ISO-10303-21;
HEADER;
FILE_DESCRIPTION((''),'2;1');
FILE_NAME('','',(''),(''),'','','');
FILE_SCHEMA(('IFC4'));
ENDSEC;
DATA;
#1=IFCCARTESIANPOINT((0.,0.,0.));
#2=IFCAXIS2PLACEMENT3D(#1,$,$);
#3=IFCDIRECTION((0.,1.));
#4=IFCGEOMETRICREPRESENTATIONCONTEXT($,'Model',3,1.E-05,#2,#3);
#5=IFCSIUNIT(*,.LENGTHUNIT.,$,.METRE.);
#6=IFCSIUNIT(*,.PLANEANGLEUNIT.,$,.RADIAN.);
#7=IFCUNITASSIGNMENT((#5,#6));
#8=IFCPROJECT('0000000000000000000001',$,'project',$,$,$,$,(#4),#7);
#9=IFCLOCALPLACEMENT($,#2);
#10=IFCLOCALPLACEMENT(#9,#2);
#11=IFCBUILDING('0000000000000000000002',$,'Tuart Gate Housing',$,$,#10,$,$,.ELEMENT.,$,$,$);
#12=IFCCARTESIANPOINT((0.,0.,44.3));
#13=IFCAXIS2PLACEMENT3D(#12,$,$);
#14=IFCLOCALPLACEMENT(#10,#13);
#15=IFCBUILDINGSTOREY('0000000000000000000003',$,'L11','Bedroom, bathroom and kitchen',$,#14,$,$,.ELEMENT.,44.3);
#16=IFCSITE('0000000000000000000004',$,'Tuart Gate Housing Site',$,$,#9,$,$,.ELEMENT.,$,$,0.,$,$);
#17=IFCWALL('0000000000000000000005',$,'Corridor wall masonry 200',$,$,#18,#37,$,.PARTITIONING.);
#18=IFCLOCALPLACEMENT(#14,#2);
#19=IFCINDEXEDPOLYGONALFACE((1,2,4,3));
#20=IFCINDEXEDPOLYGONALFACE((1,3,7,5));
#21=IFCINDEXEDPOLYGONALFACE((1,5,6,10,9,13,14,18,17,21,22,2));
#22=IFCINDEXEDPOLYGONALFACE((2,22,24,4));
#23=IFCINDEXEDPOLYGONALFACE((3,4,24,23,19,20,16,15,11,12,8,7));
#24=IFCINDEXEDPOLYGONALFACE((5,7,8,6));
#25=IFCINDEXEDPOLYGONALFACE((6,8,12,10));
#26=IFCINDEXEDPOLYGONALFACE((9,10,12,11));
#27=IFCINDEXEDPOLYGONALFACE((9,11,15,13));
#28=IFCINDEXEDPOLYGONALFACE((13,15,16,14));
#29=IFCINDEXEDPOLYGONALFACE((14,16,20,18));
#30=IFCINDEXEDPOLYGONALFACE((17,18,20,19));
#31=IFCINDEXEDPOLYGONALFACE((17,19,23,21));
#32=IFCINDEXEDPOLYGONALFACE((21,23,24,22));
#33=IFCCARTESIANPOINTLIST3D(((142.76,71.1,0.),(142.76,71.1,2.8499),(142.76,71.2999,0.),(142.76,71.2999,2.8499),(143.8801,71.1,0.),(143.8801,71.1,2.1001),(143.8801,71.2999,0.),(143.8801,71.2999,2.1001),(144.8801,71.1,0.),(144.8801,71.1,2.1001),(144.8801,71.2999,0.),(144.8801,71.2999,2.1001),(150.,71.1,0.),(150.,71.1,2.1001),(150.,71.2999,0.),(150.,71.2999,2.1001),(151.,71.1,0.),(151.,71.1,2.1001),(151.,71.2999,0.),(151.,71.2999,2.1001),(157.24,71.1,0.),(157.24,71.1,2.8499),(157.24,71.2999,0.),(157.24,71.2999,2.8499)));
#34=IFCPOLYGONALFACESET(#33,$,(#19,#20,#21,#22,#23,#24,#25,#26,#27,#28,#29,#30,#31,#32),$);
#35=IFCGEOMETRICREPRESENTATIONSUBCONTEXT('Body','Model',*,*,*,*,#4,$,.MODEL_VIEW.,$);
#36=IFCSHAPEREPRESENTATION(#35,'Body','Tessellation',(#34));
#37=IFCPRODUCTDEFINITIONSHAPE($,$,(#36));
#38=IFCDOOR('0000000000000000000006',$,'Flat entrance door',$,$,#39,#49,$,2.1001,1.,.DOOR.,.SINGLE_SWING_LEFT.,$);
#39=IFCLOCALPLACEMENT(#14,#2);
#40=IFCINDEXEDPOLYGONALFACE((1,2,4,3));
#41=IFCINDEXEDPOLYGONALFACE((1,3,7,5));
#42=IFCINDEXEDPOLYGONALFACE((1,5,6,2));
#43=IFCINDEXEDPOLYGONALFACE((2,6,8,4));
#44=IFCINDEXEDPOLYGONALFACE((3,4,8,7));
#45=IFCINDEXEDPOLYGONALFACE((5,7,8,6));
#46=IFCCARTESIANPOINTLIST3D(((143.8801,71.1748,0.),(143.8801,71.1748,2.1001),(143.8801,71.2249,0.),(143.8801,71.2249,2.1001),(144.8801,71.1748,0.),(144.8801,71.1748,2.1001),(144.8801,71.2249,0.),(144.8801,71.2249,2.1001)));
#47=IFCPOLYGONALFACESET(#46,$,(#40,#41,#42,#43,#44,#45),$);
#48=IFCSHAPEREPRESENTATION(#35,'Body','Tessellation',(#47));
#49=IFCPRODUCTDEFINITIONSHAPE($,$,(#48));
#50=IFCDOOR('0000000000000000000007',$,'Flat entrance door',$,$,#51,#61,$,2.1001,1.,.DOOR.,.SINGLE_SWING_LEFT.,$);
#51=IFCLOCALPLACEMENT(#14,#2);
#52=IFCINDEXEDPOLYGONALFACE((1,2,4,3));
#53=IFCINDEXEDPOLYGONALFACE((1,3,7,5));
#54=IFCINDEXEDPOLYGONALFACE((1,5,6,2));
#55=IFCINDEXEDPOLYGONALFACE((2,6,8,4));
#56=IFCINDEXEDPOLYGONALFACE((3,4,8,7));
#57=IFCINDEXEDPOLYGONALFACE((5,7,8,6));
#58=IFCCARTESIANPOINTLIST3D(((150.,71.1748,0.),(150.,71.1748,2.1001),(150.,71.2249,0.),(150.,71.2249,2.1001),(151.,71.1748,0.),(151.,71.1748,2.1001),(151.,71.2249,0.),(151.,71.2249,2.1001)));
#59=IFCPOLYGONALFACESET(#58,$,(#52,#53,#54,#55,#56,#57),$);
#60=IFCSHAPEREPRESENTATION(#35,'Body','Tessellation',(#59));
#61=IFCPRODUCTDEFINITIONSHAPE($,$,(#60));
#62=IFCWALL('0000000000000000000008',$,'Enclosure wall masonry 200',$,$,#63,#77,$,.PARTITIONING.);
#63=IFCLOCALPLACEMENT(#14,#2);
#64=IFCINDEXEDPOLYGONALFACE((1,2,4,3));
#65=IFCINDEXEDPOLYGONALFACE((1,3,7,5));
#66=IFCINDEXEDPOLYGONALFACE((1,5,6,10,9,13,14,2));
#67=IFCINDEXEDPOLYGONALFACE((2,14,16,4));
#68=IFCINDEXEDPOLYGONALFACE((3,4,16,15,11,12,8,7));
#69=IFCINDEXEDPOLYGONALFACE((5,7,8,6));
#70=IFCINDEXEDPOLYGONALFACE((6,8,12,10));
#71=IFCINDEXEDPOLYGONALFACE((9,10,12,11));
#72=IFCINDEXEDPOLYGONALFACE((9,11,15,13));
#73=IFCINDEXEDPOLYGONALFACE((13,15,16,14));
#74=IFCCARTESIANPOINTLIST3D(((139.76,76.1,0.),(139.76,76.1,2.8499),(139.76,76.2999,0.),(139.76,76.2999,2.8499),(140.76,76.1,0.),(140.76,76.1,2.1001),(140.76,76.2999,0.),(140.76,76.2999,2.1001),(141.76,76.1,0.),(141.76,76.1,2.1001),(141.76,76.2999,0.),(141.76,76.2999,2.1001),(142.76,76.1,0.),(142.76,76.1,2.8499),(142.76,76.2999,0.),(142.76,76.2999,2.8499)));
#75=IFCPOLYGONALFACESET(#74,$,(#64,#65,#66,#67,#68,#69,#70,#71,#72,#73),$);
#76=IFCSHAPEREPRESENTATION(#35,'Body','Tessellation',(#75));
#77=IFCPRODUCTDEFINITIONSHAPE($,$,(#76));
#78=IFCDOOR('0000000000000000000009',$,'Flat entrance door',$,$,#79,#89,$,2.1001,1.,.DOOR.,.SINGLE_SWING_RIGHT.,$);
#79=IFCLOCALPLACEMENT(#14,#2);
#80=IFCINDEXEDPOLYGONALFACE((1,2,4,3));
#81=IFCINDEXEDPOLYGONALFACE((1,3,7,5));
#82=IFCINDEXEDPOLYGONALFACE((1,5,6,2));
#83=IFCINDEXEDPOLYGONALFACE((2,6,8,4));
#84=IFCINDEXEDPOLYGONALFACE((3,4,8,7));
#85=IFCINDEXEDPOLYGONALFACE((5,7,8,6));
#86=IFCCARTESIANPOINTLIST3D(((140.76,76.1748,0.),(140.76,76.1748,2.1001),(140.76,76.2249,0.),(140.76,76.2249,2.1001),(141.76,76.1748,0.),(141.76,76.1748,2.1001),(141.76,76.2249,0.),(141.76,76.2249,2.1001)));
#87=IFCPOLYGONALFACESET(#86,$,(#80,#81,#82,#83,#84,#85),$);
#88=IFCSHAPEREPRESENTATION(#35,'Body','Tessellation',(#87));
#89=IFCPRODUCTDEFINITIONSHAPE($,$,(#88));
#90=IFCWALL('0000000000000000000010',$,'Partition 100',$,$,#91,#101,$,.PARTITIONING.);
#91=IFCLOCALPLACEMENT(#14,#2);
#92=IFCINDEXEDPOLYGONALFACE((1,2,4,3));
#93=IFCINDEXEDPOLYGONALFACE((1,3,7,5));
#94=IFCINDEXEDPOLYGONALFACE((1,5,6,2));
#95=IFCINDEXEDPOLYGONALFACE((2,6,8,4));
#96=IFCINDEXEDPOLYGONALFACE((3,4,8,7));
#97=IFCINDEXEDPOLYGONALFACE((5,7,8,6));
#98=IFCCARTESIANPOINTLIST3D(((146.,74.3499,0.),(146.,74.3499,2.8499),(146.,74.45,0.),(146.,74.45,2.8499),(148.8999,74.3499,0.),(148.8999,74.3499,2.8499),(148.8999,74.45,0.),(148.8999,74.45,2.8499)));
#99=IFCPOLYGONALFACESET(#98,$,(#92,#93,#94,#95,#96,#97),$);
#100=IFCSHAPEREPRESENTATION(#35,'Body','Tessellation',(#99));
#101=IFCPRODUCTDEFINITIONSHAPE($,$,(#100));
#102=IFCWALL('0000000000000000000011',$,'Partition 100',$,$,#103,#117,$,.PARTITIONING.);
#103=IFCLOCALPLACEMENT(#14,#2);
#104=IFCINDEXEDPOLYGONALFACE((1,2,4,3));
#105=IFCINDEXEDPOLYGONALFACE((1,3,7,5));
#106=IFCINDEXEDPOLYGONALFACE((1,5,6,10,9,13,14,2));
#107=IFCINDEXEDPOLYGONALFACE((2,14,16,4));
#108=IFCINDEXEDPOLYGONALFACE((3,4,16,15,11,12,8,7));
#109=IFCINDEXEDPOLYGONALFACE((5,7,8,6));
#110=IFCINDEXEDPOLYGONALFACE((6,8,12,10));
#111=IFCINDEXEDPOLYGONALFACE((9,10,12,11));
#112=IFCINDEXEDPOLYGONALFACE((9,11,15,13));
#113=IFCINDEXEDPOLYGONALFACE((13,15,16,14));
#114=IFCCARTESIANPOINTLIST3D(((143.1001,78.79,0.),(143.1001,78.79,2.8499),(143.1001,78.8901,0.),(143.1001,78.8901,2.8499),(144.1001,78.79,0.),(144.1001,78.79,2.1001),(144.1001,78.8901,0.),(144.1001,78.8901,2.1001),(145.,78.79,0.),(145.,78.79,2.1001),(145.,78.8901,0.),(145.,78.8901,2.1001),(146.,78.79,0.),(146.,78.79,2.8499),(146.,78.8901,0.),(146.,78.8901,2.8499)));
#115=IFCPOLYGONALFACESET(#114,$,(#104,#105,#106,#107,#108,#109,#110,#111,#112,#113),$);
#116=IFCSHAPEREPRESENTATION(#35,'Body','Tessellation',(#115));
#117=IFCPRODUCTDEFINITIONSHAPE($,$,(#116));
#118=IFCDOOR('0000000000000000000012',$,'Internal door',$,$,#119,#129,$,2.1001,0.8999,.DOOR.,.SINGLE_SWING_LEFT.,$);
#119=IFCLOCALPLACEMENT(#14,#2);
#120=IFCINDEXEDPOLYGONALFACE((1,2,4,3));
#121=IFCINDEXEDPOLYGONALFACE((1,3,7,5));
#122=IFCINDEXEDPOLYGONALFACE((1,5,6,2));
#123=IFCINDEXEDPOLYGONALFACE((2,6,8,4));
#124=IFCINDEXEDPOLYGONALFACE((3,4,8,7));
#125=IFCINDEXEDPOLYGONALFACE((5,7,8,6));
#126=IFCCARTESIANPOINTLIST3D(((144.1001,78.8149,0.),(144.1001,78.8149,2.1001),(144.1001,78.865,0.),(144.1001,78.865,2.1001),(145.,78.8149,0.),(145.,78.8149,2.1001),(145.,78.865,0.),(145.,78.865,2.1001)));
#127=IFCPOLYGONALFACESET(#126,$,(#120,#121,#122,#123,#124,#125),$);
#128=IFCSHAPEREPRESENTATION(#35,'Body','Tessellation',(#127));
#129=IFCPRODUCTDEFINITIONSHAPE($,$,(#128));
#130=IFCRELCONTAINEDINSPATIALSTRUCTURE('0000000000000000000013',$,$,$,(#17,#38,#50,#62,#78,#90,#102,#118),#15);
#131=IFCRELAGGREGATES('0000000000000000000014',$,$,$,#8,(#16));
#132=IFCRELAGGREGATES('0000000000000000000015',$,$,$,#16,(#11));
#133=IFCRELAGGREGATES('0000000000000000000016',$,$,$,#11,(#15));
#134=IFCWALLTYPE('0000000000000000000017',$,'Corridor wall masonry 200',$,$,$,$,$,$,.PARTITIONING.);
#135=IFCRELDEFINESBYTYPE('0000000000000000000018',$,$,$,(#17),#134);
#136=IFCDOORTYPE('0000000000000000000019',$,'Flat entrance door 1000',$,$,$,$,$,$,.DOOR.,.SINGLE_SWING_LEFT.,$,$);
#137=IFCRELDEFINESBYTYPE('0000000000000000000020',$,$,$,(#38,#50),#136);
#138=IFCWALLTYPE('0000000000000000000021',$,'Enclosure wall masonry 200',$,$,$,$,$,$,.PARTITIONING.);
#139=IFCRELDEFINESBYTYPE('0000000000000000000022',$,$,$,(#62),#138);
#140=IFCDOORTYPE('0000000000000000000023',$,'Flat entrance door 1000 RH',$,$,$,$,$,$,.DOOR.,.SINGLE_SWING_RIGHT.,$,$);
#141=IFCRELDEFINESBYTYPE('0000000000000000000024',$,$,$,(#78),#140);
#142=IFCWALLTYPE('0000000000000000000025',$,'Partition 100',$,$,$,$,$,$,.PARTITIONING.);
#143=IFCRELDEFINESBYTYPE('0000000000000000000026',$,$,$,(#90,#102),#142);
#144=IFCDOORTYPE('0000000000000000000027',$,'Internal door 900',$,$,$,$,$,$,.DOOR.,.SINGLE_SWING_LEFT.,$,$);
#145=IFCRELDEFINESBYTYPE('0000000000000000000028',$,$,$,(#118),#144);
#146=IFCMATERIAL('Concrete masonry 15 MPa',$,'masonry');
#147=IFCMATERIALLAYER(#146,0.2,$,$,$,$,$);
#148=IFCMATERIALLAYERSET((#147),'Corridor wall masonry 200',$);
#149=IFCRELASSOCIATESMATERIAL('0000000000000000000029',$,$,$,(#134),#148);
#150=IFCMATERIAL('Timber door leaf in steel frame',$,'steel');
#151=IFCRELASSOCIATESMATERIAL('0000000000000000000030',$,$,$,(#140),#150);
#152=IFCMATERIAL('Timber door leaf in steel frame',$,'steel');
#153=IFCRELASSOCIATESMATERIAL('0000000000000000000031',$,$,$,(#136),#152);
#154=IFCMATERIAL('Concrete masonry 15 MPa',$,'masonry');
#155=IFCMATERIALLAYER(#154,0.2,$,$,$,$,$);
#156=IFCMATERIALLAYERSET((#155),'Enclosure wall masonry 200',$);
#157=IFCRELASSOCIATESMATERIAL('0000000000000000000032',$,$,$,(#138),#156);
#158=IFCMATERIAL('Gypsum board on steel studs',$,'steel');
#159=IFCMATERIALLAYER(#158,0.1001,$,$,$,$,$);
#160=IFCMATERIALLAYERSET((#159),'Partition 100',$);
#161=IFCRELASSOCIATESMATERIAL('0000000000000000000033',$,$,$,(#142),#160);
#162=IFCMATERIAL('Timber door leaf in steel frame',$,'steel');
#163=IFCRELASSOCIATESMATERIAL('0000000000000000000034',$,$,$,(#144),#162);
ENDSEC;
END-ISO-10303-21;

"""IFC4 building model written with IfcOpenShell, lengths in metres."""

from ifc_helpers import new_model, si_unit, direction, frame, frame_2d, origin, place, context, subcontext, project, spatial, rectangle, extrude, material, layer, layer_set, type_object, element, fill, save


model = new_model("IFC4")

# Units and contexts
model_context = context("Model", 3, precision=1e-05, world=origin(), true_north=direction((0.0, 1.0)))
body_context = subcontext(model_context, "Body", "Model", "MODEL_VIEW")
ifc_project = project(units=[si_unit("LENGTHUNIT", "METRE"), si_unit("PLANEANGLEUNIT", "RADIAN")], contexts=[model_context])

# Site, building, storey
site_placement = place(None, origin())
site = spatial("IfcSite", under=ifc_project, at=site_placement, Name="Tuart Gate Housing Site", CompositionType="ELEMENT", RefElevation=0.0)
building_placement = place(site_placement, origin())
building = spatial("IfcBuilding", under=site, at=building_placement, Name="Tuart Gate Housing", CompositionType="ELEMENT")
storey_placement = place(building_placement, frame((0.0, 0.0, 44.3)))
storey = spatial("IfcBuildingStorey", under=building, at=storey_placement, Name="L11", Description="Bedroom, bathroom and kitchen", CompositionType="ELEMENT", Elevation=44.3)

# Wall, openings, doors
ifc_material_1 = material(Name="Concrete masonry 15 MPa", Category="masonry")
ifc_layer_1 = layer(ifc_material_1, 0.2)
ifc_layer_set_1 = layer_set([ifc_layer_1], Name="Corridor wall masonry 200")
wall_type_1 = type_object("IfcWallType", Name="Corridor wall masonry 200", PredefinedType="PARTITIONING", material=ifc_layer_set_1)
ifc_material_2 = material(Name="Timber door leaf in steel frame", Category="steel")
door_type_1 = type_object("IfcDoorType", Name="Flat entrance door 1000 RH", OperationType="SINGLE_SWING_RIGHT", PredefinedType="DOOR", material=ifc_material_2)
wall_1_placement = place(storey_placement, frame((142.76, 71.2, 0.0), z_axis=(0.0, 0.0, 1.0), x_axis=(1.0, 0.0, 0.0)))
wall_1 = element("IfcWall", 1, at=wall_1_placement, inside=storey, type_object=wall_type_1, Name="Corridor wall masonry 200", PredefinedType="PARTITIONING", context=body_context, shape_type="SweptSolid", body=[
    extrude(rectangle(XDim=14.48, YDim=0.2, at=frame_2d((7.24, 0.0))), origin(), (0.0, 0.0, 1.0), 2.8499),
])
opening_1_placement = place(wall_1_placement, frame((1.1201, 0.0, 0.0)))
opening_1 = element("IfcOpeningElement", 2, at=opening_1_placement, cuts=wall_1, PredefinedType="OPENING", context=body_context, shape_type="SweptSolid", body=[
    extrude(rectangle(XDim=1.0, YDim=2.1001, at=frame_2d((0.5, 1.05))), frame((0.0, 0.1099, 0.0), z_axis=(0.0, -1.0, 0.0), x_axis=(1.0, 0.0, 0.0)), (0.0, 0.0, 1.0), 0.22),
])
opening_2_placement = place(wall_1_placement, frame((7.24, 0.0, 0.0)))
opening_2 = element("IfcOpeningElement", 3, at=opening_2_placement, cuts=wall_1, PredefinedType="OPENING", context=body_context, shape_type="SweptSolid", body=[
    extrude(rectangle(XDim=1.0, YDim=2.1001, at=frame_2d((0.5, 1.05))), frame((0.0, 0.1099, 0.0), z_axis=(0.0, -1.0, 0.0), x_axis=(1.0, 0.0, 0.0)), (0.0, 0.0, 1.0), 0.22),
])
ifc_material_3 = material(Name="Timber door leaf in steel frame", Category="steel")
door_type_2 = type_object("IfcDoorType", Name="Flat entrance door 1000", OperationType="SINGLE_SWING_LEFT", PredefinedType="DOOR", material=ifc_material_3)
door_1_placement = place(opening_1_placement, origin())
door_1 = element("IfcDoor", 4, at=door_1_placement, inside=storey, type_object=door_type_2, Name="Flat entrance door", OperationType="SINGLE_SWING_LEFT", OverallHeight=2.1001, OverallWidth=1.0, PredefinedType="DOOR", context=body_context, shape_type="SweptSolid", body=[
    extrude(rectangle(XDim=1.0, YDim=2.1001, at=frame_2d((0.5, 1.05))), frame((0.0, 0.0249, 0.0), z_axis=(0.0, -1.0, 0.0), x_axis=(1.0, 0.0, 0.0)), (0.0, 0.0, 1.0), 0.05),
])
fill(opening_1, door_1)
door_2_placement = place(opening_2_placement, origin())
door_2 = element("IfcDoor", 5, at=door_2_placement, inside=storey, type_object=door_type_2, Name="Flat entrance door", OperationType="SINGLE_SWING_LEFT", OverallHeight=2.1001, OverallWidth=1.0, PredefinedType="DOOR", context=body_context, shape_type="SweptSolid", body=[
    extrude(rectangle(XDim=1.0, YDim=2.1001, at=frame_2d((0.5, 1.05))), frame((0.0, 0.0249, 0.0), z_axis=(0.0, -1.0, 0.0), x_axis=(1.0, 0.0, 0.0)), (0.0, 0.0, 1.0), 0.05),
])
fill(opening_2, door_2)

# Wall, opening, door
ifc_material_4 = material(Name="Concrete masonry 15 MPa", Category="masonry")
ifc_layer_2 = layer(ifc_material_4, 0.2)
ifc_layer_set_2 = layer_set([ifc_layer_2], Name="Enclosure wall masonry 200")
wall_type_2 = type_object("IfcWallType", Name="Enclosure wall masonry 200", PredefinedType="PARTITIONING", material=ifc_layer_set_2)
wall_2_placement = place(storey_placement, frame((139.76, 76.2, 0.0), z_axis=(0.0, 0.0, 1.0), x_axis=(1.0, 0.0, 0.0)))
wall_2 = element("IfcWall", 6, at=wall_2_placement, inside=storey, type_object=wall_type_2, Name="Enclosure wall masonry 200", PredefinedType="PARTITIONING", context=body_context, shape_type="SweptSolid", body=[
    extrude(rectangle(XDim=3.0, YDim=0.2, at=frame_2d((1.5, 0.0))), origin(), (0.0, 0.0, 1.0), 2.8499),
])
opening_3_placement = place(wall_2_placement, frame((1.0, 0.0, 0.0)))
opening_3 = element("IfcOpeningElement", 7, at=opening_3_placement, cuts=wall_2, PredefinedType="OPENING", context=body_context, shape_type="SweptSolid", body=[
    extrude(rectangle(XDim=1.0, YDim=2.1001, at=frame_2d((0.5, 1.05))), frame((0.0, 0.1099, 0.0), z_axis=(0.0, -1.0, 0.0), x_axis=(1.0, 0.0, 0.0)), (0.0, 0.0, 1.0), 0.22),
])
door_3_placement = place(opening_3_placement, origin())
door_3 = element("IfcDoor", 8, at=door_3_placement, inside=storey, type_object=door_type_1, Name="Flat entrance door", OperationType="SINGLE_SWING_RIGHT", OverallHeight=2.1001, OverallWidth=1.0, PredefinedType="DOOR", context=body_context, shape_type="SweptSolid", body=[
    extrude(rectangle(XDim=1.0, YDim=2.1001, at=frame_2d((0.5, 1.05))), frame((0.0, 0.0249, 0.0), z_axis=(0.0, -1.0, 0.0), x_axis=(1.0, 0.0, 0.0)), (0.0, 0.0, 1.0), 0.05),
])
fill(opening_3, door_3)

# Wall
ifc_material_5 = material(Name="Gypsum board on steel studs", Category="steel")
ifc_layer_3 = layer(ifc_material_5, 0.1001)
ifc_layer_set_3 = layer_set([ifc_layer_3], Name="Partition 100")
wall_type_3 = type_object("IfcWallType", Name="Partition 100", PredefinedType="PARTITIONING", material=ifc_layer_set_3)
wall_3_placement = place(storey_placement, frame((146.0, 74.3999, 0.0), z_axis=(0.0, 0.0, 1.0), x_axis=(1.0, 0.0, 0.0)))
element("IfcWall", 9, at=wall_3_placement, inside=storey, type_object=wall_type_3, Name="Partition 100", PredefinedType="PARTITIONING", context=body_context, shape_type="SweptSolid", body=[
    extrude(rectangle(XDim=2.8999, YDim=0.1001, at=frame_2d((1.45, 0.0))), origin(), (0.0, 0.0, 1.0), 2.8499),
])

# Wall, opening, door
wall_4_placement = place(storey_placement, frame((143.1001, 78.8401, 0.0), z_axis=(0.0, 0.0, 1.0), x_axis=(1.0, 0.0, 0.0)))
wall_4 = element("IfcWall", 10, at=wall_4_placement, inside=storey, type_object=wall_type_3, Name="Partition 100", PredefinedType="PARTITIONING", context=body_context, shape_type="SweptSolid", body=[
    extrude(rectangle(XDim=2.8999, YDim=0.1001, at=frame_2d((1.45, 0.0))), origin(), (0.0, 0.0, 1.0), 2.8499),
])
opening_4_placement = place(wall_4_placement, frame((1.0, 0.0, 0.0)))
opening_4 = element("IfcOpeningElement", 11, at=opening_4_placement, cuts=wall_4, PredefinedType="OPENING", context=body_context, shape_type="SweptSolid", body=[
    extrude(rectangle(XDim=0.8999, YDim=2.1001, at=frame_2d((0.45, 1.05))), frame((0.0, 0.0601, 0.0), z_axis=(0.0, -1.0, 0.0), x_axis=(1.0, 0.0, 0.0)), (0.0, 0.0, 1.0), 0.1201),
])
ifc_material_6 = material(Name="Timber door leaf in steel frame", Category="steel")
door_type_3 = type_object("IfcDoorType", Name="Internal door 900", OperationType="SINGLE_SWING_LEFT", PredefinedType="DOOR", material=ifc_material_6)
door_4_placement = place(opening_4_placement, frame((0.8999, 0.0, 0.0), z_axis=(0.0, 0.0, 1.0), x_axis=(-1.0, 0.0, 0.0)))
door_4 = element("IfcDoor", 12, at=door_4_placement, inside=storey, type_object=door_type_3, Name="Internal door", OperationType="SINGLE_SWING_LEFT", OverallHeight=2.1001, OverallWidth=0.8999, PredefinedType="DOOR", context=body_context, shape_type="SweptSolid", body=[
    extrude(rectangle(XDim=0.8999, YDim=2.1001, at=frame_2d((0.45, 1.05))), frame((0.0, 0.0251, 0.0), z_axis=(0.0, -1.0, 0.0), x_axis=(1.0, 0.0, 0.0)), (0.0, 0.0, 1.0), 0.05),
])
fill(opening_4, door_4)

save(model, "model.ifc")
